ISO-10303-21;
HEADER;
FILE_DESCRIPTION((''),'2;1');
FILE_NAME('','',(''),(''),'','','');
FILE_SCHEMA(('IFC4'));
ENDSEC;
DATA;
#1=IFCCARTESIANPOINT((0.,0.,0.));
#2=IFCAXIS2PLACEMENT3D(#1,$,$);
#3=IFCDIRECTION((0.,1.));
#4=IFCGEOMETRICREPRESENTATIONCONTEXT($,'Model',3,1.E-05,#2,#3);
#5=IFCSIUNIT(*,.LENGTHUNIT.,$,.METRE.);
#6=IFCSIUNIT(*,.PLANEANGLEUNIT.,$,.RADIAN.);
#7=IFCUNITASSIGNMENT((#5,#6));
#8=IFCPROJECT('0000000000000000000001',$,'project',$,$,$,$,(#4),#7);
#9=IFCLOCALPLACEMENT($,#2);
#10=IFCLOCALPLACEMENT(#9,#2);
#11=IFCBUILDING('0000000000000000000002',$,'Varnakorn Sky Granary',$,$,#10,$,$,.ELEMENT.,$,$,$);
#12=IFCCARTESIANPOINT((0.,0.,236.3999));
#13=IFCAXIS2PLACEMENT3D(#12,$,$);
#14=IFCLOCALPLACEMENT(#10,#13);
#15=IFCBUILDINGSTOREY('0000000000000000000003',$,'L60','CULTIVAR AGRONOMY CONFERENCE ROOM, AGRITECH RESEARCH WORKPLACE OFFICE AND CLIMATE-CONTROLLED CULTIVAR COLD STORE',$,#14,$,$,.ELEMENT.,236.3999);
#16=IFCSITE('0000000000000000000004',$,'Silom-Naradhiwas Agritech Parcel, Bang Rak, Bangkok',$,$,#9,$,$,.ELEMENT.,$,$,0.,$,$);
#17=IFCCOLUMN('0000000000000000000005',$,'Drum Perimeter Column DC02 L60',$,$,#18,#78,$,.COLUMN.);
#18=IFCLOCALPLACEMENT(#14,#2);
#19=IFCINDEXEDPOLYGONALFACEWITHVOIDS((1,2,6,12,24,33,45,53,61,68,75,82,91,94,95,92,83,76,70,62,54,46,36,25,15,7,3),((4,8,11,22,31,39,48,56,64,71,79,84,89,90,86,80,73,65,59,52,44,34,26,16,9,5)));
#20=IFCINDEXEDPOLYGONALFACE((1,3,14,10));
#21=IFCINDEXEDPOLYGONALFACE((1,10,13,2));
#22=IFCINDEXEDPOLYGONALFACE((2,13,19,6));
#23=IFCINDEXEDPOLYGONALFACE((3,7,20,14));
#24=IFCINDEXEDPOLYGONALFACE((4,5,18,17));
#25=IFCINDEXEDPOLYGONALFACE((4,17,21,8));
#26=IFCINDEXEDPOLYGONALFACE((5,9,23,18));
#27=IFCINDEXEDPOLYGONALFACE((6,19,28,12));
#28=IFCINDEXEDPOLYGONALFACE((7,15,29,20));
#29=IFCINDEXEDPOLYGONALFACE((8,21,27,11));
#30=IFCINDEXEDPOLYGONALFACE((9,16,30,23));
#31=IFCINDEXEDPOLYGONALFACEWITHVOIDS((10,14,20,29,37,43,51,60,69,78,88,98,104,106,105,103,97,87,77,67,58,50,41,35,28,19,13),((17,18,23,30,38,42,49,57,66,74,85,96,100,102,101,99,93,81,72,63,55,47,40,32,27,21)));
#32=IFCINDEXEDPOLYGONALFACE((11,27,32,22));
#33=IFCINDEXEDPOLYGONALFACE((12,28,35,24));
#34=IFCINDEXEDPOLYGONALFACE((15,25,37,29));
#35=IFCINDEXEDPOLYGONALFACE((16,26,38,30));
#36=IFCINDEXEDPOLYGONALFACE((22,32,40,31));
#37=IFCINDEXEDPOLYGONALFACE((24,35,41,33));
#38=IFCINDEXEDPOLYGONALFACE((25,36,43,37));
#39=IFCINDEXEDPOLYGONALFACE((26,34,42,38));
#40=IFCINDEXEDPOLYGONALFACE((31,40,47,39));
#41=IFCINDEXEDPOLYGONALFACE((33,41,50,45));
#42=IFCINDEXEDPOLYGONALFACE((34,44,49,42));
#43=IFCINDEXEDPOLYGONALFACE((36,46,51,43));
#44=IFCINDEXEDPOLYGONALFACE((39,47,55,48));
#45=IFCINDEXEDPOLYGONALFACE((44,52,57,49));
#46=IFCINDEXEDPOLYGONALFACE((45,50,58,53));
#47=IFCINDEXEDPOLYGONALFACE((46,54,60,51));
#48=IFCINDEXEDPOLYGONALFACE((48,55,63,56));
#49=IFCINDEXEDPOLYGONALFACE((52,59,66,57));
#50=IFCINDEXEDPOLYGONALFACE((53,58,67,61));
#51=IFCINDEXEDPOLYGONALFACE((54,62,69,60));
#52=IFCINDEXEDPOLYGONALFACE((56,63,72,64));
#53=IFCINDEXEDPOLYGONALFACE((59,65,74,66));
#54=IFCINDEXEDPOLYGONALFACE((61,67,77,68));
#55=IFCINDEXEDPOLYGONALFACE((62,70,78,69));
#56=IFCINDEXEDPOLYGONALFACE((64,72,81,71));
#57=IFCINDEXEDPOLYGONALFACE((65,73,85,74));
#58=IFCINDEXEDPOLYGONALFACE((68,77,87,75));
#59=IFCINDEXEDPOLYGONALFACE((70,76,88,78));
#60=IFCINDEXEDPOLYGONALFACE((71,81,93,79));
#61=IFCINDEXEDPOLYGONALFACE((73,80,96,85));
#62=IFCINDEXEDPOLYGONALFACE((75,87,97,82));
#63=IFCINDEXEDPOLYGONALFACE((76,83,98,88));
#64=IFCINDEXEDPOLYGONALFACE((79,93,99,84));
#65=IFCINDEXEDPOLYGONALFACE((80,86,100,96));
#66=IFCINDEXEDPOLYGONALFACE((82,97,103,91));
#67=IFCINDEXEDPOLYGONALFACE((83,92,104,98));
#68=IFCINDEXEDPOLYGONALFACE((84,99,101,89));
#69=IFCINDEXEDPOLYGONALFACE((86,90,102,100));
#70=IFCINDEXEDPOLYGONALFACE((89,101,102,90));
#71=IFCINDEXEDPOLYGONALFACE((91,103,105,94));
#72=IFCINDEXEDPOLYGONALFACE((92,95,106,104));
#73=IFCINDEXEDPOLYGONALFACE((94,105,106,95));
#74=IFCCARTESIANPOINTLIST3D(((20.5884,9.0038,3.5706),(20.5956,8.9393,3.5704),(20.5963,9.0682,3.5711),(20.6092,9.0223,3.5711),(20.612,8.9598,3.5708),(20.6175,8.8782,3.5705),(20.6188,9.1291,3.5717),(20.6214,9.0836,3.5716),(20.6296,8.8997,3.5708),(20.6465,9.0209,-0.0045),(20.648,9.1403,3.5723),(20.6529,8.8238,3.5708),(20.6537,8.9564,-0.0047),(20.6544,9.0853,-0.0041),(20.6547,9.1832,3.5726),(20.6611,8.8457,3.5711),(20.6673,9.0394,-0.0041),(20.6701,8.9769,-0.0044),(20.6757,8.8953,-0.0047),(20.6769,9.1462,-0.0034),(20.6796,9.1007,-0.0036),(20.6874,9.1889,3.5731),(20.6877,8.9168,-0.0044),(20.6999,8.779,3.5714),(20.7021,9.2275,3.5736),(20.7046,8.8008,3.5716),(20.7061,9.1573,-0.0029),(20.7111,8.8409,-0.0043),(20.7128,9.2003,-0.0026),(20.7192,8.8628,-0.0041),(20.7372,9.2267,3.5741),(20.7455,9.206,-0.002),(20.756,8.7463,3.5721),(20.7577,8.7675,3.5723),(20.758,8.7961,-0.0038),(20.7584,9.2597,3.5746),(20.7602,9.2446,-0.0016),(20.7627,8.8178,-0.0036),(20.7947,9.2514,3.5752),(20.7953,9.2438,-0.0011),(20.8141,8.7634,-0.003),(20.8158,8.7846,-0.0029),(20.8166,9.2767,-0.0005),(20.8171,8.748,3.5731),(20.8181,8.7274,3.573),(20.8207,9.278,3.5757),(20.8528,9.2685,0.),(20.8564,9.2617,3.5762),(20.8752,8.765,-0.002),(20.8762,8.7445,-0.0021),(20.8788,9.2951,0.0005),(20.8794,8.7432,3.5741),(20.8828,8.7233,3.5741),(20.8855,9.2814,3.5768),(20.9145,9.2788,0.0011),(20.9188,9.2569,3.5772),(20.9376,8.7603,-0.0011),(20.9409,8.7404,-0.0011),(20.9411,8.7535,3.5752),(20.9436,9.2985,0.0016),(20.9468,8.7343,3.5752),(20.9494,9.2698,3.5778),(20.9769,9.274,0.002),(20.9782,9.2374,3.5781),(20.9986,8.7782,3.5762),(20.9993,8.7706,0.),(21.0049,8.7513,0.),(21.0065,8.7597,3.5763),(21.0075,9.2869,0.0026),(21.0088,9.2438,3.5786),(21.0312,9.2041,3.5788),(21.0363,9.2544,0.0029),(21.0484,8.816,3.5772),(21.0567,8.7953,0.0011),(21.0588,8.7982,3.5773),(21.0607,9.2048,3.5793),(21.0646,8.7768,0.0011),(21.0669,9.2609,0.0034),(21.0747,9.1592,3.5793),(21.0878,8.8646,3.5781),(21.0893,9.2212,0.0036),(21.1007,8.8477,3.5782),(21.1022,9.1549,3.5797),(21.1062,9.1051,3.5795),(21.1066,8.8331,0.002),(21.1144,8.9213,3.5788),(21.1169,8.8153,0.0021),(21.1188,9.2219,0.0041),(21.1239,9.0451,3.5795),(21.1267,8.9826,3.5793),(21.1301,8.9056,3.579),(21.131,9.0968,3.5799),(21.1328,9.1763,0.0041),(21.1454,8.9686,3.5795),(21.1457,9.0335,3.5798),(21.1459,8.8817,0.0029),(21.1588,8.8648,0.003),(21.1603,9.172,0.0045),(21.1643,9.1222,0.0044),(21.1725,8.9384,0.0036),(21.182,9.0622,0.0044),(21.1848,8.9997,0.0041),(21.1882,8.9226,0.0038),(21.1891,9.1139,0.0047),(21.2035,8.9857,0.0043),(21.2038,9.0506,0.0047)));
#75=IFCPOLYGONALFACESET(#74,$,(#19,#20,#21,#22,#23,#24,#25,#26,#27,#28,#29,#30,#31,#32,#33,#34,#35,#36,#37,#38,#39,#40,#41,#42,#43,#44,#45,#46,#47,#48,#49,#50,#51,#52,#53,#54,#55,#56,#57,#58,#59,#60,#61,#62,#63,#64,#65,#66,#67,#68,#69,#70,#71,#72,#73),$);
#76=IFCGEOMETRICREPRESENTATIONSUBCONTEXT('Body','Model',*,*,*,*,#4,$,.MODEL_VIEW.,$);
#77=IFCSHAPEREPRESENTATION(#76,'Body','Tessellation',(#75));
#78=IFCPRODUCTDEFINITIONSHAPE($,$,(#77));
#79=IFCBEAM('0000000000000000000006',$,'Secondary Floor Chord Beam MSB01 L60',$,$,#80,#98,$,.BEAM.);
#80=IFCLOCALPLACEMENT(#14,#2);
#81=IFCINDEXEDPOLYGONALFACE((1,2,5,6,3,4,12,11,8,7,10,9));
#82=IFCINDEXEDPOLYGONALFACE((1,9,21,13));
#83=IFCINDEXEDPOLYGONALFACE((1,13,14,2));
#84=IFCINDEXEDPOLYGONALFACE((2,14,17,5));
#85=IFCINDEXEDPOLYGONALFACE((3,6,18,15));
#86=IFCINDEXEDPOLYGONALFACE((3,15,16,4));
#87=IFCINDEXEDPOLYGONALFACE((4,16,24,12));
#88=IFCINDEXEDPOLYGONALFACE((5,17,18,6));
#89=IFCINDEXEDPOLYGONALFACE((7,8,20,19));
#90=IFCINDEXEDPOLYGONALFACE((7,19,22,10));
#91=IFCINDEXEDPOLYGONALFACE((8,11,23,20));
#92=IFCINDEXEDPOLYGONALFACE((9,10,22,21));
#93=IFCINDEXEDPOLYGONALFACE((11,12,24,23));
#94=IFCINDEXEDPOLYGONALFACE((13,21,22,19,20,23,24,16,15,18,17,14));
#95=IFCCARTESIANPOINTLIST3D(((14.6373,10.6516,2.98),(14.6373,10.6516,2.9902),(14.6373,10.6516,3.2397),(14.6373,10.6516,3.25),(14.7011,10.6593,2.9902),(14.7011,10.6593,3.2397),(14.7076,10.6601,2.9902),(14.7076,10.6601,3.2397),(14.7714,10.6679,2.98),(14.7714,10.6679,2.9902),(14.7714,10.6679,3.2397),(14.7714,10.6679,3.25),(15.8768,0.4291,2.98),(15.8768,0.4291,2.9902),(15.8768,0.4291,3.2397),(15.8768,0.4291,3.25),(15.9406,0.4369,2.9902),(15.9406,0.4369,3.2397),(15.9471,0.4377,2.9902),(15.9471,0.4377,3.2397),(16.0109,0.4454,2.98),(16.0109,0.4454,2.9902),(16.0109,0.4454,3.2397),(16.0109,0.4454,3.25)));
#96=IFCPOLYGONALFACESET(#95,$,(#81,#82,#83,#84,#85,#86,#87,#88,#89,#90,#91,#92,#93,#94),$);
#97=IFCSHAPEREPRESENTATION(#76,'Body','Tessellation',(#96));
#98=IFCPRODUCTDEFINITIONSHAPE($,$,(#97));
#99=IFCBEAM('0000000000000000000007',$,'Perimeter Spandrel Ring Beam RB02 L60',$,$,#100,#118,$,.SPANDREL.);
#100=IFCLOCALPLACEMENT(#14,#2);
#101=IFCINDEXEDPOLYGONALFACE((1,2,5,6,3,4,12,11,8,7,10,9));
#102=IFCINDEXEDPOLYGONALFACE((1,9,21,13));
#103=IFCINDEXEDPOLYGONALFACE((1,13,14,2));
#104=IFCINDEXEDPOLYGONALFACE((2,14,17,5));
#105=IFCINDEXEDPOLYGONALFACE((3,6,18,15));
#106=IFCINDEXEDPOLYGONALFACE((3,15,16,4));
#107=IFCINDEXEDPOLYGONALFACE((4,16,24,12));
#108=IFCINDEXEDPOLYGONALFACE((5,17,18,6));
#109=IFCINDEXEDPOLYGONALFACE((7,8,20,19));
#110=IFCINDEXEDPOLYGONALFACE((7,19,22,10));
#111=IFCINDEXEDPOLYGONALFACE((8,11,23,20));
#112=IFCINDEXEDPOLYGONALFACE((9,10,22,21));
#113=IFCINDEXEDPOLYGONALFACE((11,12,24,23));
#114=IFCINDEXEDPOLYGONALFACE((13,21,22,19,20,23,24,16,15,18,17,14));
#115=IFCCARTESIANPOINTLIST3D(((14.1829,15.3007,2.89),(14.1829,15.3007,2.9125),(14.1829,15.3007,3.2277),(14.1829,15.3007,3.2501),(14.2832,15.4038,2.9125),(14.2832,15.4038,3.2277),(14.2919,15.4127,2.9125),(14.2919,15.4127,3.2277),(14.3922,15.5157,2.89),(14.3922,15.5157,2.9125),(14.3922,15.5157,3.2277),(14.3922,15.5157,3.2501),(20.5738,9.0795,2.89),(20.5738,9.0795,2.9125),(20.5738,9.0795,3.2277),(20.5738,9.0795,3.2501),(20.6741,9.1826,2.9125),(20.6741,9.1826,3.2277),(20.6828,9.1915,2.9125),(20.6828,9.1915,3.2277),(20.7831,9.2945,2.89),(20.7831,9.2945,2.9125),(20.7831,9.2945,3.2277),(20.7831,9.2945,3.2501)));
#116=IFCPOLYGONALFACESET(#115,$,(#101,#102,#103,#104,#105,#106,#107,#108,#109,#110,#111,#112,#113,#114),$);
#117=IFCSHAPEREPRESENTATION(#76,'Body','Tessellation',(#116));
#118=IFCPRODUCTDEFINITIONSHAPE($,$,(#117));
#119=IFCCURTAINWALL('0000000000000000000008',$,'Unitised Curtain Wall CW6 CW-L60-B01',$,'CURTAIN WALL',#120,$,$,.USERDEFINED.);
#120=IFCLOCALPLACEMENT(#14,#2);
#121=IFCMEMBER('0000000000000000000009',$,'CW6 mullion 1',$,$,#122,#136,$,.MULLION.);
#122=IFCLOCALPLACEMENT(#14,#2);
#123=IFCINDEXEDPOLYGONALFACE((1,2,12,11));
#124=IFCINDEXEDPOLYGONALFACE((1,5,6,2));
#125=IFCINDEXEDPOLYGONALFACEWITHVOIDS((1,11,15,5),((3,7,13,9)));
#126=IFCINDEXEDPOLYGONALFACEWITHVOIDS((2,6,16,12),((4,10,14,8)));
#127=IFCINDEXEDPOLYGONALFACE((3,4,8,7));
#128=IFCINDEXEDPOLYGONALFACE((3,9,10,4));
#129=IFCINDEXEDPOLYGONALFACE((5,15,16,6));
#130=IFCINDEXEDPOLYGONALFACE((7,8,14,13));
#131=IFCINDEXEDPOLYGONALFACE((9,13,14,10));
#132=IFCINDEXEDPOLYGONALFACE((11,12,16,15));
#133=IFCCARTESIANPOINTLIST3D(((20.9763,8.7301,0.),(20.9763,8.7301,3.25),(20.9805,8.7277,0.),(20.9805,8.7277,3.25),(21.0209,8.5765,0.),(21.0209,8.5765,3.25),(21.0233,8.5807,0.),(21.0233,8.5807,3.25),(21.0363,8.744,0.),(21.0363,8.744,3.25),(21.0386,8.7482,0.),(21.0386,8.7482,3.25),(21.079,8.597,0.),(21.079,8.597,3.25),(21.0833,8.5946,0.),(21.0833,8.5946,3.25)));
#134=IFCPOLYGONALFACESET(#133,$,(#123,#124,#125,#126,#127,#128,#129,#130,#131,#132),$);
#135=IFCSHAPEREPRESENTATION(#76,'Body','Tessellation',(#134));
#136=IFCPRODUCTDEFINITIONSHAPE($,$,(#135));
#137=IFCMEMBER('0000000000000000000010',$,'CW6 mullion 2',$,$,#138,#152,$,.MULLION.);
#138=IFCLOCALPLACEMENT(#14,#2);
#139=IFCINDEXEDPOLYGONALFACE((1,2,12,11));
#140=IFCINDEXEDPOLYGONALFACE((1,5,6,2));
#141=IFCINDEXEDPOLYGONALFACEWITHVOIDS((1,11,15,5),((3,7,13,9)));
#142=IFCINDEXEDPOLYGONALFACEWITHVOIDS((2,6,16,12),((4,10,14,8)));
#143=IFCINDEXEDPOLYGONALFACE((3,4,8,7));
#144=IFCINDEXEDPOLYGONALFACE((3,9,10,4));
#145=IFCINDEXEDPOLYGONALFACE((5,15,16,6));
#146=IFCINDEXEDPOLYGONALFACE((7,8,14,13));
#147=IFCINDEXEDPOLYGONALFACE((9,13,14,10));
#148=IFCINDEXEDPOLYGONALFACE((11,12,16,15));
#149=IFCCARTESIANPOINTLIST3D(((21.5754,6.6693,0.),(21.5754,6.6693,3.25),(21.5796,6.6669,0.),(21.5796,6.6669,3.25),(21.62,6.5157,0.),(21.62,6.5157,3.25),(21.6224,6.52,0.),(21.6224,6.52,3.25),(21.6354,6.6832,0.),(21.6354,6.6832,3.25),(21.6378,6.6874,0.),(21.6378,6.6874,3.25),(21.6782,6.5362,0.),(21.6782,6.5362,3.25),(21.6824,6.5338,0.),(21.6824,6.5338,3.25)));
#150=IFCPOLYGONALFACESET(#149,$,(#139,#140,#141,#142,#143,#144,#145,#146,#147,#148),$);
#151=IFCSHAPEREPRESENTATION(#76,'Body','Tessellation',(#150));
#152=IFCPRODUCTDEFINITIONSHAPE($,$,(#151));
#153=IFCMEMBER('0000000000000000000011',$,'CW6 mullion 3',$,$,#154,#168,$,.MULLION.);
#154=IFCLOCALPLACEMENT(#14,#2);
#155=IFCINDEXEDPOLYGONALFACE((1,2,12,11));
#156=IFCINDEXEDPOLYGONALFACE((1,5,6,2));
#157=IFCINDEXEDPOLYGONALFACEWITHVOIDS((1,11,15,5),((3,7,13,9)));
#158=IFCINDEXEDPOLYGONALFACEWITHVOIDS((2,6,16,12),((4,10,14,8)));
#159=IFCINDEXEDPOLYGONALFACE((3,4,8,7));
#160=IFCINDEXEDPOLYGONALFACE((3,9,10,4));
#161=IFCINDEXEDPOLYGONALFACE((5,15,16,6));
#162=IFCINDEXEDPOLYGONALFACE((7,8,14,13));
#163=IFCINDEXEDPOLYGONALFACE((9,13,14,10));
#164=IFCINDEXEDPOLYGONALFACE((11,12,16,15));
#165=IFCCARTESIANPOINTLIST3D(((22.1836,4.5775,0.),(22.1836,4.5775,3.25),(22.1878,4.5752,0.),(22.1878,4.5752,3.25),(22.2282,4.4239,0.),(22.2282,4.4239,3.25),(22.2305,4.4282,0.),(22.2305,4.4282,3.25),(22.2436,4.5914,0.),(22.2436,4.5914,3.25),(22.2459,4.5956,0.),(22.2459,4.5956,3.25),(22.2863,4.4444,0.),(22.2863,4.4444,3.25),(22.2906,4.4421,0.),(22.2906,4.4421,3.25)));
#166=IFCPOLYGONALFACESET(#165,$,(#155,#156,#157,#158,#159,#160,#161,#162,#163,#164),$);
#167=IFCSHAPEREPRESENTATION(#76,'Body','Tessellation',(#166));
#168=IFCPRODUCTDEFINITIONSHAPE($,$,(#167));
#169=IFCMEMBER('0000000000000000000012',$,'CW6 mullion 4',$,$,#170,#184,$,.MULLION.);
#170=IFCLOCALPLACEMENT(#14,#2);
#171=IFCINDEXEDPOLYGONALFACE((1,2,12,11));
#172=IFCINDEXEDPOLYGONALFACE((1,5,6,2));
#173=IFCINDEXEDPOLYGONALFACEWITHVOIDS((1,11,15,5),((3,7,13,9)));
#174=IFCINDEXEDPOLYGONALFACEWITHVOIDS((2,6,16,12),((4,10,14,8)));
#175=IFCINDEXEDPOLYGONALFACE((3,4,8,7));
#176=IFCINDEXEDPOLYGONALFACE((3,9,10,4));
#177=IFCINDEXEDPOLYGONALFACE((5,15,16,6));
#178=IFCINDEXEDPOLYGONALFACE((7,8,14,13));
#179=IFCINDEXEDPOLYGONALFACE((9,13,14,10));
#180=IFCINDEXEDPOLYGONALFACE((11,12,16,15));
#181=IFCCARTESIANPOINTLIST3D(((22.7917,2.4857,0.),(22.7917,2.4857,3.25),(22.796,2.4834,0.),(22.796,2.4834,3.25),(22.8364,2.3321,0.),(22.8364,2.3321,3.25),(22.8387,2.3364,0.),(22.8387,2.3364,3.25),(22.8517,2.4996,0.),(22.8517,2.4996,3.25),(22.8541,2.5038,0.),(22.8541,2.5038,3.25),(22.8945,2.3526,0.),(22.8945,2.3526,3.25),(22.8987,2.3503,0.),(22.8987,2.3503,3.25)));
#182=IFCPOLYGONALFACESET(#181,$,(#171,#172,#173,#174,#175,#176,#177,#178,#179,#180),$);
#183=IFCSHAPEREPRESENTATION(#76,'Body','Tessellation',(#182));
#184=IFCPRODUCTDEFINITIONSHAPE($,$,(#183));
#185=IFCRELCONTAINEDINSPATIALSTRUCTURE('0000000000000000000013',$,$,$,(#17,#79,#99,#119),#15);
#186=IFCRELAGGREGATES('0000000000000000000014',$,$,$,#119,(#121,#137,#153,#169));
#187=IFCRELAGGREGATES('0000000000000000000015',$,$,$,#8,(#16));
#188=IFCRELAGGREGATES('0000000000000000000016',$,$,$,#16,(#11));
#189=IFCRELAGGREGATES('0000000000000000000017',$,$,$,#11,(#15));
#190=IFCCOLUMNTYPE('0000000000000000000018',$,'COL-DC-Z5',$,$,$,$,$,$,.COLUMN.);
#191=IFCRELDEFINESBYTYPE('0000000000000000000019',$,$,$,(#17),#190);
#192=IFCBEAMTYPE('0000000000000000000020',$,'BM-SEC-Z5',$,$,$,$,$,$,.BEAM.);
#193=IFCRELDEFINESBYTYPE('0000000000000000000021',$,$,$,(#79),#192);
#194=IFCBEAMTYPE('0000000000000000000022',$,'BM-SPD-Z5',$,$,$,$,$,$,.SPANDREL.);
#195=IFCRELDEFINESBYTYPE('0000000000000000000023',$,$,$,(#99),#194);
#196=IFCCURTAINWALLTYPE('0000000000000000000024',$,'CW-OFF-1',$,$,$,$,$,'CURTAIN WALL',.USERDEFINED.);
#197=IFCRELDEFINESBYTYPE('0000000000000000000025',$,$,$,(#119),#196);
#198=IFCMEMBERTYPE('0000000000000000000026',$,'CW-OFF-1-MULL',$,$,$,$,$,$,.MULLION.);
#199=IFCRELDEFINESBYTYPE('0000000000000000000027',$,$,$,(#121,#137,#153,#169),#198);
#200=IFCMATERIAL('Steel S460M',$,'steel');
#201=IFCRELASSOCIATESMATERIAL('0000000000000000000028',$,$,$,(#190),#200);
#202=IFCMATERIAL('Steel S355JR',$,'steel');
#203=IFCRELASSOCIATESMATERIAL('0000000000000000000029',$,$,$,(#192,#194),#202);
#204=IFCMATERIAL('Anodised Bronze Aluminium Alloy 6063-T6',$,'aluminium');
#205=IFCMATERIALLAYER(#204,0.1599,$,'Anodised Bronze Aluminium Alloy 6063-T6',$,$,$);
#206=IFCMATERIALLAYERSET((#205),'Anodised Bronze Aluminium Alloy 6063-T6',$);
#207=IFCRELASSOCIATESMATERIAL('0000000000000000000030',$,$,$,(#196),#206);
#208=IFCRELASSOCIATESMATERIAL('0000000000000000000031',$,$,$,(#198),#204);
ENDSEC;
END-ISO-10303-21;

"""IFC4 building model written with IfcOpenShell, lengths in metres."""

from ifc_helpers import new_model, si_unit, direction, frame, origin, origin_2d, place, context, subcontext, project, spatial, hollow_rectangle, hollow_circle, i_section, extrude, material, layer, layer_set, material_profile, profile_set, type_object, element, aggregate, save


model = new_model("IFC4")

# Units and contexts
model_context = context("Model", 3, precision=1e-05, world=origin(), true_north=direction((0.0, 1.0)))
body_context = subcontext(model_context, "Body", "Model", "MODEL_VIEW")
ifc_project = project(units=[si_unit("LENGTHUNIT", "METRE"), si_unit("PLANEANGLEUNIT", "RADIAN")], contexts=[model_context])

# Site, building, storey
site_placement = place(None, origin())
site = spatial("IfcSite", under=ifc_project, at=site_placement, Name="Silom-Naradhiwas Agritech Parcel, Bang Rak, Bangkok", CompositionType="ELEMENT", RefElevation=0.0)
building_placement = place(site_placement, origin())
building = spatial("IfcBuilding", under=site, at=building_placement, Name="Varnakorn Sky Granary", CompositionType="ELEMENT")
storey_placement = place(building_placement, frame((0.0, 0.0, 236.3999)))
storey = spatial("IfcBuildingStorey", under=building, at=storey_placement, Name="L60", Description="CULTIVAR AGRONOMY CONFERENCE ROOM, AGRITECH RESEARCH WORKPLACE OFFICE AND CLIMATE-CONTROLLED CULTIVAR COLD STORE", CompositionType="ELEMENT", Elevation=236.3999)

# Column
ifc_material_1 = material(Name="Steel S460M", Category="steel")
ifc_material_profile_1 = material_profile(ifc_material_1, hollow_circle(Radius=0.2795, WallThickness=0.02, at=origin_2d()), Name="CHS 559x20")
ifc_profile_set_1 = profile_set([ifc_material_profile_1], Name="Steel S460M")
column_type = type_object("IfcColumnType", Name="COL-DC-Z5", PredefinedType="COLUMN", material=ifc_profile_set_1)
column_placement = place(storey_placement, frame((20.926, 9.0195, 0.0), z_axis=(-0.01625, -0.004779, 0.999857), x_axis=(0.282166, -0.959366, 0.0)))
element("IfcColumn", 1, at=column_placement, inside=storey, type_object=column_type, Name="Drum Perimeter Column DC02 L60", PredefinedType="COLUMN", context=body_context, shape_type="SweptSolid", body=[
    extrude(hollow_circle(Radius=0.2795, WallThickness=0.02, at=origin_2d()), origin(), (0.0, 0.0, 1.0), 3.5757),
])

# Beams
ifc_material_2 = material(Name="Steel S355JR", Category="steel")
ifc_material_profile_2 = material_profile(ifc_material_2, i_section(OverallWidth=0.135, OverallDepth=0.27, WebThickness=0.0066, FlangeThickness=0.0103, at=origin_2d()), Name="IPE 270")
ifc_profile_set_2 = profile_set([ifc_material_profile_2], Name="Steel S355JR")
beam_type_1 = type_object("IfcBeamType", Name="BM-SEC-Z5", PredefinedType="BEAM", material=ifc_profile_set_2)
beam_1_placement = place(storey_placement, frame((15.9438, 0.4373, 3.115), z_axis=(-0.120372, 0.992729, 0.0), x_axis=(-0.992729, -0.120372, 0.0)))
element("IfcBeam", 2, at=beam_1_placement, inside=storey, type_object=beam_type_1, Name="Secondary Floor Chord Beam MSB01 L60", PredefinedType="BEAM", context=body_context, shape_type="SweptSolid", body=[
    extrude(i_section(OverallWidth=0.135, OverallDepth=0.27, WebThickness=0.0066, FlangeThickness=0.0103, at=origin_2d()), origin(), (0.0, 0.0, 1.0), 10.2974),
])
ifc_material_profile_3 = material_profile(ifc_material_2, i_section(OverallWidth=0.3, OverallDepth=0.3601, WebThickness=0.0125, FlangeThickness=0.0225, at=origin_2d()), Name="HE 360 B")
ifc_profile_set_3 = profile_set([ifc_material_profile_3], Name="Steel S355JR")
beam_type_2 = type_object("IfcBeamType", Name="BM-SPD-Z5", PredefinedType="SPANDREL", material=ifc_profile_set_3)
beam_2_placement = place(storey_placement, frame((20.6785, 9.187, 3.0701), z_axis=(-0.716555, 0.697531, 0.0), x_axis=(-0.697531, -0.716555, 0.0)))
element("IfcBeam", 3, at=beam_2_placement, inside=storey, type_object=beam_type_2, Name="Perimeter Spandrel Ring Beam RB02 L60", PredefinedType="SPANDREL", context=body_context, shape_type="SweptSolid", body=[
    extrude(i_section(OverallWidth=0.3, OverallDepth=0.3601, WebThickness=0.0125, FlangeThickness=0.0225, at=origin_2d()), origin(), (0.0, 0.0, 1.0), 8.9189),
])

# Curtain wall, members
ifc_material_3 = material(Name="Anodised Bronze Aluminium Alloy 6063-T6", Category="aluminium")
ifc_layer_1 = layer(ifc_material_3, 0.1599, Name="Anodised Bronze Aluminium Alloy 6063-T6")
ifc_layer_set_1 = layer_set([ifc_layer_1], Name="Anodised Bronze Aluminium Alloy 6063-T6")
curtain_wall_type = type_object("IfcCurtainWallType", Name="CW-OFF-1", ElementType="CURTAIN WALL", PredefinedType="USERDEFINED", material=ifc_layer_set_1)
curtain_wall_1_placement = place(storey_placement, origin())
curtain_wall_1 = element("IfcCurtainWall", 4, at=curtain_wall_1_placement, inside=storey, type_object=curtain_wall_type, Name="Unitised Curtain Wall CW6 CW-L60-B01", ObjectType="CURTAIN WALL", PredefinedType="USERDEFINED")
ifc_material_profile_4 = material_profile(ifc_material_3, hollow_rectangle(XDim=0.0649, YDim=0.1599, WallThickness=0.0034, at=origin_2d()), Name="ALU MULL 65x160")
ifc_profile_set_4 = profile_set([ifc_material_profile_4], Name="Anodised Bronze Aluminium Alloy 6063-T6")
member_type_1 = type_object("IfcMemberType", Name="CW-OFF-1-MULL", PredefinedType="MULLION", material=ifc_profile_set_4)
member_1_placement = place(storey_placement, frame((21.0298, 8.6624, 0.0), z_axis=(0.0, 0.0, 1.0), x_axis=(0.96025, 0.279141, 0.0)))
member_1 = element("IfcMember", 5, at=member_1_placement, type_object=member_type_1, Name="CW6 mullion 1", PredefinedType="MULLION", context=body_context, shape_type="SweptSolid", body=[
    extrude(hollow_rectangle(XDim=0.0649, YDim=0.1599, WallThickness=0.0034, at=origin_2d()), origin(), (0.0, 0.0, 1.0), 3.25),
])
member_2_placement = place(storey_placement, frame((21.6289, 6.6016, 0.0), z_axis=(0.0, 0.0, 1.0), x_axis=(0.96025, 0.279141, 0.0)))
member_2 = element("IfcMember", 6, at=member_2_placement, type_object=member_type_1, Name="CW6 mullion 2", PredefinedType="MULLION", context=body_context, shape_type="SweptSolid", body=[
    extrude(hollow_rectangle(XDim=0.0649, YDim=0.1599, WallThickness=0.0034, at=origin_2d()), origin(), (0.0, 0.0, 1.0), 3.25),
])
member_3_placement = place(storey_placement, frame((22.2371, 4.5098, 0.0), z_axis=(0.0, 0.0, 1.0), x_axis=(0.96025, 0.279141, 0.0)))
member_3 = element("IfcMember", 7, at=member_3_placement, type_object=member_type_1, Name="CW6 mullion 3", PredefinedType="MULLION", context=body_context, shape_type="SweptSolid", body=[
    extrude(hollow_rectangle(XDim=0.0649, YDim=0.1599, WallThickness=0.0034, at=origin_2d()), origin(), (0.0, 0.0, 1.0), 3.25),
])
member_4_placement = place(storey_placement, frame((22.8452, 2.418, 0.0), z_axis=(0.0, 0.0, 1.0), x_axis=(0.96025, 0.279141, 0.0)))
member_4 = element("IfcMember", 8, at=member_4_placement, type_object=member_type_1, Name="CW6 mullion 4", PredefinedType="MULLION", context=body_context, shape_type="SweptSolid", body=[
    extrude(hollow_rectangle(XDim=0.0649, YDim=0.1599, WallThickness=0.0034, at=origin_2d()), origin(), (0.0, 0.0, 1.0), 3.25),
])

aggregate(curtain_wall_1, [member_1, member_2, member_3, member_4])

save(model, "model.ifc")
